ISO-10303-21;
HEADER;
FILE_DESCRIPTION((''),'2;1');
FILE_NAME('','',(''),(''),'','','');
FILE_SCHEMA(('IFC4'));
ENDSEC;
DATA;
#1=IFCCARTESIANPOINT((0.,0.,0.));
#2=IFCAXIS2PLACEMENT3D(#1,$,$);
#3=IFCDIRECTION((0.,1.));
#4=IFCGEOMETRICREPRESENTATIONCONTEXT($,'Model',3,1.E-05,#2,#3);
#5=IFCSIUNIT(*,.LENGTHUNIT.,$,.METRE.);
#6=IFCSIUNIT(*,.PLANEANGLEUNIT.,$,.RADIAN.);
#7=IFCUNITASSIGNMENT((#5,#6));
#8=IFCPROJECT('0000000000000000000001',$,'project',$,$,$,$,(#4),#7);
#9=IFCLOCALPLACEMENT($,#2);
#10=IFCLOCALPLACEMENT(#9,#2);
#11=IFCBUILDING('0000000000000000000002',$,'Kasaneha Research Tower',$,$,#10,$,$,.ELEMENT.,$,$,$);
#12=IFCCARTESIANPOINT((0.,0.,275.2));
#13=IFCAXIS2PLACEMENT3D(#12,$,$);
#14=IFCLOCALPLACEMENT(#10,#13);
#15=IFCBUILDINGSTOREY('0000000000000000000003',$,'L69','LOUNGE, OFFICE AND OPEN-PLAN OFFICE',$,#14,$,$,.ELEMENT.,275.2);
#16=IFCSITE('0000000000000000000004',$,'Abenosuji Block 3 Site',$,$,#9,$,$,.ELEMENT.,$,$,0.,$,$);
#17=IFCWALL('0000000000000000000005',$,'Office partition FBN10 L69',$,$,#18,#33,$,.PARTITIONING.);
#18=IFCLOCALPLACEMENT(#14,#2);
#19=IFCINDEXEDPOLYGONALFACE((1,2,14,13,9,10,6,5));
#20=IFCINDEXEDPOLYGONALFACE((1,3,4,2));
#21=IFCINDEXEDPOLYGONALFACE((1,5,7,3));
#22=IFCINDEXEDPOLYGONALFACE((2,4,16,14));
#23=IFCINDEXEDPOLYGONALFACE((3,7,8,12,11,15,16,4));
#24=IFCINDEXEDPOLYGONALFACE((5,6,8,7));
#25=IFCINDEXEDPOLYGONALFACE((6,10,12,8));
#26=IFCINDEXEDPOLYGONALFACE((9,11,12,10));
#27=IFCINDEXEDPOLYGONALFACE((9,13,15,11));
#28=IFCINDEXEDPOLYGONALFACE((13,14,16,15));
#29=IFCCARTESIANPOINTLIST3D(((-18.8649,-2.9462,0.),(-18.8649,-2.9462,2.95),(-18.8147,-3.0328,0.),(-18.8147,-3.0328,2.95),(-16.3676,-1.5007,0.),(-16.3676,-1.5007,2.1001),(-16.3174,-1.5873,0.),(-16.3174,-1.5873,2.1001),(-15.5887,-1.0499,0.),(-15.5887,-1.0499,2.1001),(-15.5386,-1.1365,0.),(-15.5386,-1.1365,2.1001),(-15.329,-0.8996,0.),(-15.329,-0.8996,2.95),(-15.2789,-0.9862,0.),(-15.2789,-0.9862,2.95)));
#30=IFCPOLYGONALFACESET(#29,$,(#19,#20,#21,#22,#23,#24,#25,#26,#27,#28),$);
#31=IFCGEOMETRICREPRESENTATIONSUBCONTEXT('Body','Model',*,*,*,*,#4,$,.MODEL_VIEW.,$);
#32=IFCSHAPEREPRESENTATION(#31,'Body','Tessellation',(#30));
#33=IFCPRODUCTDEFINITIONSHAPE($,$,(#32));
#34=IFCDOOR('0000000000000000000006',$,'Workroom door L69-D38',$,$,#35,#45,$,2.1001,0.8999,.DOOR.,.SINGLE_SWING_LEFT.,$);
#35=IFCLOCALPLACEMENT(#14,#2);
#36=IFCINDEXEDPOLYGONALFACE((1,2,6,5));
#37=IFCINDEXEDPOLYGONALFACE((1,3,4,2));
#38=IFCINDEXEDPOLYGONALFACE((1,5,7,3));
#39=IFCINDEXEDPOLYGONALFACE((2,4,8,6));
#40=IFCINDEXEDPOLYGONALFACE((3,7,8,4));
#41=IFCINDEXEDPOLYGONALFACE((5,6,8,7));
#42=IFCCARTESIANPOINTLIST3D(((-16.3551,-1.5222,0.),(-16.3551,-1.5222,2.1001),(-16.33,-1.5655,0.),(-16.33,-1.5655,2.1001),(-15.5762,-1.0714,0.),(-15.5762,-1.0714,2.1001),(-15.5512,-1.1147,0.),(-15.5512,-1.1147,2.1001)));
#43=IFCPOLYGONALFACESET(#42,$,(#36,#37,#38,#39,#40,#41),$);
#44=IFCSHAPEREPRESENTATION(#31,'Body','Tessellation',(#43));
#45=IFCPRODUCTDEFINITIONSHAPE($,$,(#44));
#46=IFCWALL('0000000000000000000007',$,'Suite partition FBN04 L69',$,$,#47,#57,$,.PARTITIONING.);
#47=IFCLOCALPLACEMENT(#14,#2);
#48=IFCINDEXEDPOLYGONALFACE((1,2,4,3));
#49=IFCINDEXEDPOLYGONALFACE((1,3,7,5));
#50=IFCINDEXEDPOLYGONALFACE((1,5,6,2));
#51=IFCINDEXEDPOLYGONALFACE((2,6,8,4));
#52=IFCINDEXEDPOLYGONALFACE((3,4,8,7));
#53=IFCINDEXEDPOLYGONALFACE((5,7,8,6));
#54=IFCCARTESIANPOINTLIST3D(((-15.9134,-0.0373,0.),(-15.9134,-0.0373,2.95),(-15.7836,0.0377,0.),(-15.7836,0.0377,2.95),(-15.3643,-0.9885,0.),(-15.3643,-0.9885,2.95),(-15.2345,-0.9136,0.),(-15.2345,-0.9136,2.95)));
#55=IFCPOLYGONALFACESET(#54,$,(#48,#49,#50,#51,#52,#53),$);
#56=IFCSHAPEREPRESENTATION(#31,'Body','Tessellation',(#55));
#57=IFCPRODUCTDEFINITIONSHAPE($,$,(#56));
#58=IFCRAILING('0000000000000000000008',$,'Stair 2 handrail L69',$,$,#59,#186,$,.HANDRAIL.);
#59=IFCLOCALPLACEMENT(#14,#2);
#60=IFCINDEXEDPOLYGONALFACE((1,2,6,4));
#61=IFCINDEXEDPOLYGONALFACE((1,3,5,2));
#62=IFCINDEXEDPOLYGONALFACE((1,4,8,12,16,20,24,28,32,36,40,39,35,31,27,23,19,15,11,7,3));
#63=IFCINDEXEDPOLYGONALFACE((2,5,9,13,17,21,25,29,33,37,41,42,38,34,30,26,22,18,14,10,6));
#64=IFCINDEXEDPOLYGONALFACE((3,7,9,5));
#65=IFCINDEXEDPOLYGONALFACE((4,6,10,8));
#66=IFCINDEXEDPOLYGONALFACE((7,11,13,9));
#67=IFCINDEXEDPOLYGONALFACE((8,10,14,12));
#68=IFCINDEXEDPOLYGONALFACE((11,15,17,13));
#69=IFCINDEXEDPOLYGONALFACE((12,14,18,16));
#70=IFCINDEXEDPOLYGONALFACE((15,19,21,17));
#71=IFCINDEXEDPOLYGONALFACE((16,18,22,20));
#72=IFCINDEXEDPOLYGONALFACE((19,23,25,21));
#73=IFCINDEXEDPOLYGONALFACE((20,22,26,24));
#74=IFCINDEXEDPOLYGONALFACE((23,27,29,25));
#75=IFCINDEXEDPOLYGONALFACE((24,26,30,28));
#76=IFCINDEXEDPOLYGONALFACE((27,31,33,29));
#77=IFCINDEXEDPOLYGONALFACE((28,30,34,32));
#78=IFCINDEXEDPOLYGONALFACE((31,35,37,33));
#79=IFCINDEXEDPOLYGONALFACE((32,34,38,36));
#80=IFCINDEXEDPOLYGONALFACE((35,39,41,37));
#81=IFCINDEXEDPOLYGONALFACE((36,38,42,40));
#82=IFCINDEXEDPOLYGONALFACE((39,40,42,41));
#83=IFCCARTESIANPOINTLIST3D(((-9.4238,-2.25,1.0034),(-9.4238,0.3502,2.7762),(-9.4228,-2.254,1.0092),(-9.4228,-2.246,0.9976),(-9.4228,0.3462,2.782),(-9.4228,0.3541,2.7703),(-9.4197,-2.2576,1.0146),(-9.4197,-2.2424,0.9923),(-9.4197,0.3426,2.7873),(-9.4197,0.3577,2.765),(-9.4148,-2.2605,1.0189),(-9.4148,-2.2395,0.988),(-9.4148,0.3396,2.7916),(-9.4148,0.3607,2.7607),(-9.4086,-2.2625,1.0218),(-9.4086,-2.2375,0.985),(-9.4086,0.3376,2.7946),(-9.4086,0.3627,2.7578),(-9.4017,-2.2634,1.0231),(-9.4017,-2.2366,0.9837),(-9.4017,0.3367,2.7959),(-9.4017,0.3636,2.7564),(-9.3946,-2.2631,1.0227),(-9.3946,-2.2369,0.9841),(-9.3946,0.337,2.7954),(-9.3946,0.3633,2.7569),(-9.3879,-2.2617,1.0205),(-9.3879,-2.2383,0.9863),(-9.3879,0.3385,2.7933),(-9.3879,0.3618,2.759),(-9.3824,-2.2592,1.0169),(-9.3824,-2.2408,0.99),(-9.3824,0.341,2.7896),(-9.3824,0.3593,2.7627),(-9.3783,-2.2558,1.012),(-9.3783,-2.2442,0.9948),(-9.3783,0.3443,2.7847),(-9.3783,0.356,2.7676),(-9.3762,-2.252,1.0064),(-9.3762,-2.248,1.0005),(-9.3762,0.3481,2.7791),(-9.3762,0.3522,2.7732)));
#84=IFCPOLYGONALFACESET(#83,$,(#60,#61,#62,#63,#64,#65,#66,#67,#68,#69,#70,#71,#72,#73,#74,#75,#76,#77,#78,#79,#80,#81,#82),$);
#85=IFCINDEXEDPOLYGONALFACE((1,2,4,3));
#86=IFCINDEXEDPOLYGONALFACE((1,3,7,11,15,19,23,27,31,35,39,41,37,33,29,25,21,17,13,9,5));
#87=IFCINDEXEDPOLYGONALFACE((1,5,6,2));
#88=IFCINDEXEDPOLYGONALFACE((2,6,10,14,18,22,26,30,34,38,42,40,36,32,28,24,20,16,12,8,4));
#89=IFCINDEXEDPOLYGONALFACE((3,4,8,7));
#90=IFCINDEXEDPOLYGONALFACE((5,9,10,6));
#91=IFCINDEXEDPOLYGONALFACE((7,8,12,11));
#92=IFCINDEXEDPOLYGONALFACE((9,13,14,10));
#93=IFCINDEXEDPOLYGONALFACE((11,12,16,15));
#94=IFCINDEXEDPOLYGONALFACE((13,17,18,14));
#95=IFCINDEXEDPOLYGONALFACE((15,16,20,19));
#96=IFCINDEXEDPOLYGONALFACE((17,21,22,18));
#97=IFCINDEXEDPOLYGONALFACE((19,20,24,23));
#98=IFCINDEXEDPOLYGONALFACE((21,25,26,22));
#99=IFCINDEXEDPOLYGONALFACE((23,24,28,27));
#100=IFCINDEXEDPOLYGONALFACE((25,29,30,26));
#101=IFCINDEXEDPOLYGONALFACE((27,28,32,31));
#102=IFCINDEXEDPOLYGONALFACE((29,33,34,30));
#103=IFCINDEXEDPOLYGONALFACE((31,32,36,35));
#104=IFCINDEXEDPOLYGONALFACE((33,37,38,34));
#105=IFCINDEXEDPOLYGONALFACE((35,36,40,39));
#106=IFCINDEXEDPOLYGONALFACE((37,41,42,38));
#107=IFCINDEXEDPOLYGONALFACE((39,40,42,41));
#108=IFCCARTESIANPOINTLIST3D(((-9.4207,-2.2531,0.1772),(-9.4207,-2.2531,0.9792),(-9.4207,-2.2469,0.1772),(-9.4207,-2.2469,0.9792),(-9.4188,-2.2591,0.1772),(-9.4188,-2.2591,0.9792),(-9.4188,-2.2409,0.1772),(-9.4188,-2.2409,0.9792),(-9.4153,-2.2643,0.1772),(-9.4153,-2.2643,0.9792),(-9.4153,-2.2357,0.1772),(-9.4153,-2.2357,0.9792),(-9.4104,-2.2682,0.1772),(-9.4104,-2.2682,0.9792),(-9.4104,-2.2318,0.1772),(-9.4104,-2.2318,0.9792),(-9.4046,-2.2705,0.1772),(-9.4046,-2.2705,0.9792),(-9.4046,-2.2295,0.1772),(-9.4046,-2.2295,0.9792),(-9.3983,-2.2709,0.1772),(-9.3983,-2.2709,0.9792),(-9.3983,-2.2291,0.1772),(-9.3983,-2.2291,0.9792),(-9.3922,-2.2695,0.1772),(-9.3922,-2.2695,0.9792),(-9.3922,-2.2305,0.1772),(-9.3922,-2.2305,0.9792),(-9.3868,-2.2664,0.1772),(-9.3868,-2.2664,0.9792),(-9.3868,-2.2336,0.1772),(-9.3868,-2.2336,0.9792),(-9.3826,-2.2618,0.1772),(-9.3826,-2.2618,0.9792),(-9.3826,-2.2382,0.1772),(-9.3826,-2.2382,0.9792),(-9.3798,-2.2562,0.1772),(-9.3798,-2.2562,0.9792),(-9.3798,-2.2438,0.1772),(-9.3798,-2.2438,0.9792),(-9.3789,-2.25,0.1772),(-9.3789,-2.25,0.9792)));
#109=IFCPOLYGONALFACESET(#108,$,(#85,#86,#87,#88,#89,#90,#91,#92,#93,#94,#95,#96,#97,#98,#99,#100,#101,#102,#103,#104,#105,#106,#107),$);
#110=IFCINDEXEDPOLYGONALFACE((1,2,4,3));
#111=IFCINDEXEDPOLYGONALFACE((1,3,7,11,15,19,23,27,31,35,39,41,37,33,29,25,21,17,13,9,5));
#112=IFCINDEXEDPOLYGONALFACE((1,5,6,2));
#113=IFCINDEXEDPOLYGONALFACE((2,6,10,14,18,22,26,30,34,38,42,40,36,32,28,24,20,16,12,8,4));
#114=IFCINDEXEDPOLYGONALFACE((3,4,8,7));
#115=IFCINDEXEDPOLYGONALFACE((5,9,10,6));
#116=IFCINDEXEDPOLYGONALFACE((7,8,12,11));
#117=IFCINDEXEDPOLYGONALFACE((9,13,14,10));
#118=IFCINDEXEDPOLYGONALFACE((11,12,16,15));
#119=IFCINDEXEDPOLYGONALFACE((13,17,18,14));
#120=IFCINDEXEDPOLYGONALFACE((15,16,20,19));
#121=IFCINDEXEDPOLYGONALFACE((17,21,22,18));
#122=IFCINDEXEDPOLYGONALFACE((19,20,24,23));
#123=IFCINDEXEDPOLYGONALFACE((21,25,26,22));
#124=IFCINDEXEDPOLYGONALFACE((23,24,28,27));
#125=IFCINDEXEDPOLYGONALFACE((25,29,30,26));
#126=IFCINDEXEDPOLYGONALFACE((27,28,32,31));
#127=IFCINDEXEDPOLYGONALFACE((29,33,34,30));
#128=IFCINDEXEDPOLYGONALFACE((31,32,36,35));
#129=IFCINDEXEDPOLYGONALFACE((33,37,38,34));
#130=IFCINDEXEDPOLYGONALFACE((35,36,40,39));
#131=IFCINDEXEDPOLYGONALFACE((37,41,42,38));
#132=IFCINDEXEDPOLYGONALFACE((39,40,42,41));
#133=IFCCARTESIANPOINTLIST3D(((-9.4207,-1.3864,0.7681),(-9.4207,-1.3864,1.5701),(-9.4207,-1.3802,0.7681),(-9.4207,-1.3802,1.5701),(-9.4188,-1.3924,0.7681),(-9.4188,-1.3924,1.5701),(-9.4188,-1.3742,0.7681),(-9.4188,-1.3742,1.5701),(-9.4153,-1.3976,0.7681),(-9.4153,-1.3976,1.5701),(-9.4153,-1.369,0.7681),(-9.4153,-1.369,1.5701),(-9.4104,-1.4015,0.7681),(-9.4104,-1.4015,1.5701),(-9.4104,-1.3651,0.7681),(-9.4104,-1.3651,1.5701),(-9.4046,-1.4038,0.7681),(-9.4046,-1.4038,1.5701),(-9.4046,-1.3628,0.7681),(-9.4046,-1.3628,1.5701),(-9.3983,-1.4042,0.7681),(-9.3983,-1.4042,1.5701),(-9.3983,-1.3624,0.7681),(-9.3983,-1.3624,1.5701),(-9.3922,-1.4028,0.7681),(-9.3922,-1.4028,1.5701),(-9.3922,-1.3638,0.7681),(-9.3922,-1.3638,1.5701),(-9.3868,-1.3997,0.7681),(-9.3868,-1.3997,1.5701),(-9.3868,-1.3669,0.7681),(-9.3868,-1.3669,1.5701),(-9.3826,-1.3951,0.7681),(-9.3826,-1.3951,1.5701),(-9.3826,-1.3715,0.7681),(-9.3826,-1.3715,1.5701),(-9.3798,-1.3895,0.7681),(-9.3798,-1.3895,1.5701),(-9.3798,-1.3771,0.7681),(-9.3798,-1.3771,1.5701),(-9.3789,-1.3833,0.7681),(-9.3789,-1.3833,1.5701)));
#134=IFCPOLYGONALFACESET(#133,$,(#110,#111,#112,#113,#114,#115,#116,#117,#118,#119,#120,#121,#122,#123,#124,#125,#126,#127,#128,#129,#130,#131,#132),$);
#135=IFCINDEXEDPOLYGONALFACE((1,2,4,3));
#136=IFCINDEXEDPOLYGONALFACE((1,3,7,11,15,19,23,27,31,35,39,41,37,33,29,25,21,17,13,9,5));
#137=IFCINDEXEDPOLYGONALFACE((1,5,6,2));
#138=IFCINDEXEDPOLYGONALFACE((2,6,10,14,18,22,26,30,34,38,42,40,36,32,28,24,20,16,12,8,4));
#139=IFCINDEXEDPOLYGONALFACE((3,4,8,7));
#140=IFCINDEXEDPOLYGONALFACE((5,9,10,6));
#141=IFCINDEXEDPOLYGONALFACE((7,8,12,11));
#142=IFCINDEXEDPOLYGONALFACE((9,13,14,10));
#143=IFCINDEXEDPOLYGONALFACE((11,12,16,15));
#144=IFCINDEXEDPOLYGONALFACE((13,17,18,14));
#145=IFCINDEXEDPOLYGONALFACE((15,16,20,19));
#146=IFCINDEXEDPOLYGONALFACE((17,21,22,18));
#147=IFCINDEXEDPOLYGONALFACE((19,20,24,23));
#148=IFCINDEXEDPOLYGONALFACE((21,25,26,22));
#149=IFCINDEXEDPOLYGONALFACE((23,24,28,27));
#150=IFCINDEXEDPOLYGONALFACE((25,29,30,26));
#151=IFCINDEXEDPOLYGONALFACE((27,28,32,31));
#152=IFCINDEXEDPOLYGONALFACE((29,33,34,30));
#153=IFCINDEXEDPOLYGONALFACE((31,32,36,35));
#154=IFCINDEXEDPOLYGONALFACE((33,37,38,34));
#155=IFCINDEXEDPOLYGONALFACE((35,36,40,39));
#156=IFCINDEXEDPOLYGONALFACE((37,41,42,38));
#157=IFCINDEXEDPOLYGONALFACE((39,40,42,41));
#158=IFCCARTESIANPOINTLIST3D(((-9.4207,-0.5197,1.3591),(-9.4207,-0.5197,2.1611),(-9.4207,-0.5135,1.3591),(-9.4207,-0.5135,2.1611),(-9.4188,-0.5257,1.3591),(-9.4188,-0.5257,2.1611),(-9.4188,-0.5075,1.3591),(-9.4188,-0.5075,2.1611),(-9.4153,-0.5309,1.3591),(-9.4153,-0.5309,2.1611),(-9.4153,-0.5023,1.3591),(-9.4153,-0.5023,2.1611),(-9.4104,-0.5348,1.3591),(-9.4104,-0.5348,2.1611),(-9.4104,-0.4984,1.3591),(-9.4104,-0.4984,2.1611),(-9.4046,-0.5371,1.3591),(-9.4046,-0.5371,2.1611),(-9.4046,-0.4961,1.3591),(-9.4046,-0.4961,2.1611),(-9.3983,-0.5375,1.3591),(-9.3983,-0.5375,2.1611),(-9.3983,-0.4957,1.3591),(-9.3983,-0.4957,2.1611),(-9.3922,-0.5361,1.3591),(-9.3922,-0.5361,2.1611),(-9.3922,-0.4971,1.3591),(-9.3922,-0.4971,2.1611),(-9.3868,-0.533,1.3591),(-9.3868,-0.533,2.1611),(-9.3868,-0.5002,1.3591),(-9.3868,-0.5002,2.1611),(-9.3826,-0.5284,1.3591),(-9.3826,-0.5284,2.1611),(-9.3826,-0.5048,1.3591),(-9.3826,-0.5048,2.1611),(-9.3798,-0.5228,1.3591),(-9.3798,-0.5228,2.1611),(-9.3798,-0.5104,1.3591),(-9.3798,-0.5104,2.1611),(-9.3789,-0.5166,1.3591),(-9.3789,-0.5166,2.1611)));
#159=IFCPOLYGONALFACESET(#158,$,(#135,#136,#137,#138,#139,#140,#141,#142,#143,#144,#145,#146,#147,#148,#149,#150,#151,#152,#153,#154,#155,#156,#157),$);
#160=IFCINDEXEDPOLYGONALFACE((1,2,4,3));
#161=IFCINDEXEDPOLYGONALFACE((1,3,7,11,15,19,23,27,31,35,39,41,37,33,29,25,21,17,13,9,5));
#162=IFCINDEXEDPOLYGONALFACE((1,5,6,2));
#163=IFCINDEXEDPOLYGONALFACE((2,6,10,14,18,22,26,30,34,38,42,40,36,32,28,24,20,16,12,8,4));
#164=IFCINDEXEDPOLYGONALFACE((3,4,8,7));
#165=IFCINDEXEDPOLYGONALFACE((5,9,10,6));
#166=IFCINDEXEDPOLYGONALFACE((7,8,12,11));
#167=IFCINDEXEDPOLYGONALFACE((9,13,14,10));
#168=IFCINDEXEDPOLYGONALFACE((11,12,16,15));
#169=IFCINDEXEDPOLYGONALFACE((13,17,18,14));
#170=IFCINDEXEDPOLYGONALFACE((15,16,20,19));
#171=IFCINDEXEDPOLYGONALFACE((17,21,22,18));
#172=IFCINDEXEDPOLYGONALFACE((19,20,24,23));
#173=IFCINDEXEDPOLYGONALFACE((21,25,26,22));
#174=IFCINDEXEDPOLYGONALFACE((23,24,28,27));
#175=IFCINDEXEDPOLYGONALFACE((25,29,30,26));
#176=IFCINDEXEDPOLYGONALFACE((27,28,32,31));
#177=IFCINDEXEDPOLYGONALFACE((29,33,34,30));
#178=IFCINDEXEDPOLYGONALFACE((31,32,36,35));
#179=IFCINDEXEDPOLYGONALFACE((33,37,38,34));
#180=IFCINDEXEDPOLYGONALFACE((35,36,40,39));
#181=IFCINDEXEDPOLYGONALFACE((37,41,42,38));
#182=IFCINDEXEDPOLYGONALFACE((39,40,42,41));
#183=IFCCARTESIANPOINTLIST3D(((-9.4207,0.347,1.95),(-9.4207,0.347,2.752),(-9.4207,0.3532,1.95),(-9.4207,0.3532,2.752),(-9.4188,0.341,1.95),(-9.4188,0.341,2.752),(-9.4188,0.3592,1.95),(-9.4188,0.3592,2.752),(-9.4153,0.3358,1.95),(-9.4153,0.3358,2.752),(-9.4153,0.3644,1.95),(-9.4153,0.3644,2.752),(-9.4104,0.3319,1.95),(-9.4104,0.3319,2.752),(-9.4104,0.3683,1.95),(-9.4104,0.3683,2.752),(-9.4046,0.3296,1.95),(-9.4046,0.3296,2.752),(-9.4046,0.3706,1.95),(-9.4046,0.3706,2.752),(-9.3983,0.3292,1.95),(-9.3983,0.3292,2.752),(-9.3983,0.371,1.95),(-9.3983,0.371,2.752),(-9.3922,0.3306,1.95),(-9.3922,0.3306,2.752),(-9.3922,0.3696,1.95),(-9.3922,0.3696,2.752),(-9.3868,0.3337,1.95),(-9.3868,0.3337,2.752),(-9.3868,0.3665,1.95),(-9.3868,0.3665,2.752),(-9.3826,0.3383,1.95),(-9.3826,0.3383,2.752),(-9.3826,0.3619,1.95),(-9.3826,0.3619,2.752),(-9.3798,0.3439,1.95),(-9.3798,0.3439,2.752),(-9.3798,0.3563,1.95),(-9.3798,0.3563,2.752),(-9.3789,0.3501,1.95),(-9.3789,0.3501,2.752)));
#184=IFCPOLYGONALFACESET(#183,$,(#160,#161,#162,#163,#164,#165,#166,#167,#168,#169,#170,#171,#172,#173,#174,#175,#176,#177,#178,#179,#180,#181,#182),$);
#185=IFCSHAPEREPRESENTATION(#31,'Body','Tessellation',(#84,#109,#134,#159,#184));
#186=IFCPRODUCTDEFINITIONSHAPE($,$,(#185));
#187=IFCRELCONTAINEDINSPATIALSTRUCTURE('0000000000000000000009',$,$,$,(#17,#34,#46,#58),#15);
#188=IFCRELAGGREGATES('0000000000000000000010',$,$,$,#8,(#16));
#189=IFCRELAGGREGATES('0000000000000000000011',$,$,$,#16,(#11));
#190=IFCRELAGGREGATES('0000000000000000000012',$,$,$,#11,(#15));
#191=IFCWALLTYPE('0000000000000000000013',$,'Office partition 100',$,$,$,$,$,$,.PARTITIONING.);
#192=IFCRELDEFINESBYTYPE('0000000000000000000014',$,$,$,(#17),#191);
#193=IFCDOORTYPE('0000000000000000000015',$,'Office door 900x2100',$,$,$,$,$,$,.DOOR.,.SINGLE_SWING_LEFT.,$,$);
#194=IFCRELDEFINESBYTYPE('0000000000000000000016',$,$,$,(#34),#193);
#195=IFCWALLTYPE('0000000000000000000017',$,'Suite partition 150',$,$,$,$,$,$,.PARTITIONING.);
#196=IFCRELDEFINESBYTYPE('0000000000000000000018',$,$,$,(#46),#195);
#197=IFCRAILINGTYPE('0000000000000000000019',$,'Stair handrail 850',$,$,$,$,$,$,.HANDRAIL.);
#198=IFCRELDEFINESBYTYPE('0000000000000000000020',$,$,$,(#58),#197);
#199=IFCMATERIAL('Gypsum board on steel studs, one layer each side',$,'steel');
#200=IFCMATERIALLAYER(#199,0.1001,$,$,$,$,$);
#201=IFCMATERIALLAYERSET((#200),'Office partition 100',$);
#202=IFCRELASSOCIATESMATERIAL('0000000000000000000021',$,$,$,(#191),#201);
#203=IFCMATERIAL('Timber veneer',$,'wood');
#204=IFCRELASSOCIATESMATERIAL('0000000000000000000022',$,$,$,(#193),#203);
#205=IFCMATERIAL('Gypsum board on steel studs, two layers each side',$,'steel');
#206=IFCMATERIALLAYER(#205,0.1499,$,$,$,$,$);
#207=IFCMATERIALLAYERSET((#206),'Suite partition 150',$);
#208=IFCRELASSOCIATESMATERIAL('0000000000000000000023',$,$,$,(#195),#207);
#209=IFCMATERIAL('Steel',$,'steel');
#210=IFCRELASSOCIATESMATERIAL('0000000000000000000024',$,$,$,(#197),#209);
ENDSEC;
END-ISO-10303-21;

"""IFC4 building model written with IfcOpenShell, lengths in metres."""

from ifc_helpers import new_model, si_unit, direction, frame, frame_2d, origin, origin_2d, place, context, subcontext, project, spatial, rectangle, circle, extrude, material, layer, layer_set, type_object, element, fill, save


model = new_model("IFC4")

# Units and contexts
model_context = context("Model", 3, precision=1e-05, world=origin(), true_north=direction((0.0, 1.0)))
body_context = subcontext(model_context, "Body", "Model", "MODEL_VIEW")
ifc_project = project(units=[si_unit("LENGTHUNIT", "METRE"), si_unit("PLANEANGLEUNIT", "RADIAN")], contexts=[model_context])

# Site, building, storey
site_placement = place(None, origin())
site = spatial("IfcSite", under=ifc_project, at=site_placement, Name="Abenosuji Block 3 Site", CompositionType="ELEMENT", RefElevation=0.0)
building_placement = place(site_placement, origin())
building = spatial("IfcBuilding", under=site, at=building_placement, Name="Kasaneha Research Tower", CompositionType="ELEMENT")
storey_placement = place(building_placement, frame((0.0, 0.0, 275.2)))
storey = spatial("IfcBuildingStorey", under=building, at=storey_placement, Name="L69", Description="LOUNGE, OFFICE AND OPEN-PLAN OFFICE", CompositionType="ELEMENT", Elevation=275.2)

# Wall, opening, door
ifc_material_1 = material(Name="Gypsum board on steel studs, one layer each side", Category="steel")
ifc_layer_1 = layer(ifc_material_1, 0.1001)
ifc_layer_set_1 = layer_set([ifc_layer_1], Name="Office partition 100")
wall_type_1 = type_object("IfcWallType", Name="Office partition 100", PredefinedType="PARTITIONING", material=ifc_layer_set_1)
wall_1_placement = place(storey_placement, frame((-15.304, -0.9429, 0.0), z_axis=(0.0, 0.0, 1.0), x_axis=(-0.865475, -0.500951, 0.0)))
wall_1 = element("IfcWall", 1, at=wall_1_placement, inside=storey, type_object=wall_type_1, Name="Office partition FBN10 L69", PredefinedType="PARTITIONING", context=body_context, shape_type="SweptSolid", body=[
    extrude(rectangle(XDim=4.0854, YDim=0.1001, at=frame_2d((2.0427, 0.0))), origin(), (0.0, 0.0, 1.0), 2.95),
])
opening_1_placement = place(wall_1_placement, frame((0.3, 0.0, 0.0)))
opening_1 = element("IfcOpeningElement", 2, at=opening_1_placement, cuts=wall_1, PredefinedType="OPENING", context=body_context, shape_type="SweptSolid", body=[
    extrude(rectangle(XDim=0.8999, YDim=2.1001, at=frame_2d((0.45, 1.05))), frame((0.0, 0.0601, 0.0), z_axis=(0.0, -1.0, 0.0), x_axis=(1.0, 0.0, 0.0)), (0.0, 0.0, 1.0), 0.1201),
])
ifc_material_2 = material(Name="Timber veneer", Category="wood")
door_type_1 = type_object("IfcDoorType", Name="Office door 900x2100", OperationType="SINGLE_SWING_LEFT", PredefinedType="DOOR", material=ifc_material_2)
door_1_placement = place(opening_1_placement, origin())
door_1 = element("IfcDoor", 3, at=door_1_placement, inside=storey, type_object=door_type_1, Name="Workroom door L69-D38", OperationType="SINGLE_SWING_LEFT", OverallHeight=2.1001, OverallWidth=0.8999, PredefinedType="DOOR", context=body_context, shape_type="SweptSolid", body=[
    extrude(rectangle(XDim=0.8999, YDim=2.1001, at=frame_2d((0.45, 1.05))), frame((0.0, 0.0249, 0.0), z_axis=(0.0, -1.0, 0.0), x_axis=(1.0, 0.0, 0.0)), (0.0, 0.0, 1.0), 0.05),
])
fill(opening_1, door_1)

# Wall
ifc_material_3 = material(Name="Gypsum board on steel studs, two layers each side", Category="steel")
ifc_layer_2 = layer(ifc_material_3, 0.1499)
ifc_layer_set_2 = layer_set([ifc_layer_2], Name="Suite partition 150")
wall_type_2 = type_object("IfcWallType", Name="Suite partition 150", PredefinedType="PARTITIONING", material=ifc_layer_set_2)
wall_2_placement = place(storey_placement, frame((-15.2993, -0.9512, 0.0), z_axis=(0.0, 0.0, 1.0), x_axis=(-0.499941, 0.86606, 0.0)))
element("IfcWall", 4, at=wall_2_placement, inside=storey, type_object=wall_type_2, Name="Suite partition FBN04 L69", PredefinedType="PARTITIONING", context=body_context, shape_type="SweptSolid", body=[
    extrude(rectangle(XDim=1.0984, YDim=0.1499, at=frame_2d((0.5493, 0.0))), origin(), (0.0, 0.0, 1.0), 2.95),
])

# Railing
ifc_material_4 = material(Name="Steel", Category="steel")
railing_type = type_object("IfcRailingType", Name="Stair handrail 850", PredefinedType="HANDRAIL", material=ifc_material_4)
railing_placement = place(storey_placement, frame((-9.3999, -2.25, 0.1772)))
element("IfcRailing", 5, at=railing_placement, inside=storey, type_object=railing_type, Name="Stair 2 handrail L69", PredefinedType="HANDRAIL", context=body_context, shape_type="SweptSolid", body=[
    extrude(circle(Radius=0.0239, at=origin_2d()), frame((0.0, 0.0, 0.8262), z_axis=(0.0, 0.82624, 0.563318), x_axis=(-1.0, 0.0, 0.0)), (0.0, 0.0, 1.0), 3.147),
    extrude(circle(Radius=0.021, at=origin_2d()), origin(), (0.0, 0.0, 1.0), 0.802),
    extrude(circle(Radius=0.021, at=origin_2d()), frame((0.0, 0.8667, 0.5908)), (0.0, 0.0, 1.0), 0.802),
    extrude(circle(Radius=0.021, at=origin_2d()), frame((0.0, 1.7334, 1.1819)), (0.0, 0.0, 1.0), 0.802),
    extrude(circle(Radius=0.021, at=origin_2d()), frame((0.0, 2.6001, 1.7727)), (0.0, 0.0, 1.0), 0.802),
])

save(model, "model.ifc")
